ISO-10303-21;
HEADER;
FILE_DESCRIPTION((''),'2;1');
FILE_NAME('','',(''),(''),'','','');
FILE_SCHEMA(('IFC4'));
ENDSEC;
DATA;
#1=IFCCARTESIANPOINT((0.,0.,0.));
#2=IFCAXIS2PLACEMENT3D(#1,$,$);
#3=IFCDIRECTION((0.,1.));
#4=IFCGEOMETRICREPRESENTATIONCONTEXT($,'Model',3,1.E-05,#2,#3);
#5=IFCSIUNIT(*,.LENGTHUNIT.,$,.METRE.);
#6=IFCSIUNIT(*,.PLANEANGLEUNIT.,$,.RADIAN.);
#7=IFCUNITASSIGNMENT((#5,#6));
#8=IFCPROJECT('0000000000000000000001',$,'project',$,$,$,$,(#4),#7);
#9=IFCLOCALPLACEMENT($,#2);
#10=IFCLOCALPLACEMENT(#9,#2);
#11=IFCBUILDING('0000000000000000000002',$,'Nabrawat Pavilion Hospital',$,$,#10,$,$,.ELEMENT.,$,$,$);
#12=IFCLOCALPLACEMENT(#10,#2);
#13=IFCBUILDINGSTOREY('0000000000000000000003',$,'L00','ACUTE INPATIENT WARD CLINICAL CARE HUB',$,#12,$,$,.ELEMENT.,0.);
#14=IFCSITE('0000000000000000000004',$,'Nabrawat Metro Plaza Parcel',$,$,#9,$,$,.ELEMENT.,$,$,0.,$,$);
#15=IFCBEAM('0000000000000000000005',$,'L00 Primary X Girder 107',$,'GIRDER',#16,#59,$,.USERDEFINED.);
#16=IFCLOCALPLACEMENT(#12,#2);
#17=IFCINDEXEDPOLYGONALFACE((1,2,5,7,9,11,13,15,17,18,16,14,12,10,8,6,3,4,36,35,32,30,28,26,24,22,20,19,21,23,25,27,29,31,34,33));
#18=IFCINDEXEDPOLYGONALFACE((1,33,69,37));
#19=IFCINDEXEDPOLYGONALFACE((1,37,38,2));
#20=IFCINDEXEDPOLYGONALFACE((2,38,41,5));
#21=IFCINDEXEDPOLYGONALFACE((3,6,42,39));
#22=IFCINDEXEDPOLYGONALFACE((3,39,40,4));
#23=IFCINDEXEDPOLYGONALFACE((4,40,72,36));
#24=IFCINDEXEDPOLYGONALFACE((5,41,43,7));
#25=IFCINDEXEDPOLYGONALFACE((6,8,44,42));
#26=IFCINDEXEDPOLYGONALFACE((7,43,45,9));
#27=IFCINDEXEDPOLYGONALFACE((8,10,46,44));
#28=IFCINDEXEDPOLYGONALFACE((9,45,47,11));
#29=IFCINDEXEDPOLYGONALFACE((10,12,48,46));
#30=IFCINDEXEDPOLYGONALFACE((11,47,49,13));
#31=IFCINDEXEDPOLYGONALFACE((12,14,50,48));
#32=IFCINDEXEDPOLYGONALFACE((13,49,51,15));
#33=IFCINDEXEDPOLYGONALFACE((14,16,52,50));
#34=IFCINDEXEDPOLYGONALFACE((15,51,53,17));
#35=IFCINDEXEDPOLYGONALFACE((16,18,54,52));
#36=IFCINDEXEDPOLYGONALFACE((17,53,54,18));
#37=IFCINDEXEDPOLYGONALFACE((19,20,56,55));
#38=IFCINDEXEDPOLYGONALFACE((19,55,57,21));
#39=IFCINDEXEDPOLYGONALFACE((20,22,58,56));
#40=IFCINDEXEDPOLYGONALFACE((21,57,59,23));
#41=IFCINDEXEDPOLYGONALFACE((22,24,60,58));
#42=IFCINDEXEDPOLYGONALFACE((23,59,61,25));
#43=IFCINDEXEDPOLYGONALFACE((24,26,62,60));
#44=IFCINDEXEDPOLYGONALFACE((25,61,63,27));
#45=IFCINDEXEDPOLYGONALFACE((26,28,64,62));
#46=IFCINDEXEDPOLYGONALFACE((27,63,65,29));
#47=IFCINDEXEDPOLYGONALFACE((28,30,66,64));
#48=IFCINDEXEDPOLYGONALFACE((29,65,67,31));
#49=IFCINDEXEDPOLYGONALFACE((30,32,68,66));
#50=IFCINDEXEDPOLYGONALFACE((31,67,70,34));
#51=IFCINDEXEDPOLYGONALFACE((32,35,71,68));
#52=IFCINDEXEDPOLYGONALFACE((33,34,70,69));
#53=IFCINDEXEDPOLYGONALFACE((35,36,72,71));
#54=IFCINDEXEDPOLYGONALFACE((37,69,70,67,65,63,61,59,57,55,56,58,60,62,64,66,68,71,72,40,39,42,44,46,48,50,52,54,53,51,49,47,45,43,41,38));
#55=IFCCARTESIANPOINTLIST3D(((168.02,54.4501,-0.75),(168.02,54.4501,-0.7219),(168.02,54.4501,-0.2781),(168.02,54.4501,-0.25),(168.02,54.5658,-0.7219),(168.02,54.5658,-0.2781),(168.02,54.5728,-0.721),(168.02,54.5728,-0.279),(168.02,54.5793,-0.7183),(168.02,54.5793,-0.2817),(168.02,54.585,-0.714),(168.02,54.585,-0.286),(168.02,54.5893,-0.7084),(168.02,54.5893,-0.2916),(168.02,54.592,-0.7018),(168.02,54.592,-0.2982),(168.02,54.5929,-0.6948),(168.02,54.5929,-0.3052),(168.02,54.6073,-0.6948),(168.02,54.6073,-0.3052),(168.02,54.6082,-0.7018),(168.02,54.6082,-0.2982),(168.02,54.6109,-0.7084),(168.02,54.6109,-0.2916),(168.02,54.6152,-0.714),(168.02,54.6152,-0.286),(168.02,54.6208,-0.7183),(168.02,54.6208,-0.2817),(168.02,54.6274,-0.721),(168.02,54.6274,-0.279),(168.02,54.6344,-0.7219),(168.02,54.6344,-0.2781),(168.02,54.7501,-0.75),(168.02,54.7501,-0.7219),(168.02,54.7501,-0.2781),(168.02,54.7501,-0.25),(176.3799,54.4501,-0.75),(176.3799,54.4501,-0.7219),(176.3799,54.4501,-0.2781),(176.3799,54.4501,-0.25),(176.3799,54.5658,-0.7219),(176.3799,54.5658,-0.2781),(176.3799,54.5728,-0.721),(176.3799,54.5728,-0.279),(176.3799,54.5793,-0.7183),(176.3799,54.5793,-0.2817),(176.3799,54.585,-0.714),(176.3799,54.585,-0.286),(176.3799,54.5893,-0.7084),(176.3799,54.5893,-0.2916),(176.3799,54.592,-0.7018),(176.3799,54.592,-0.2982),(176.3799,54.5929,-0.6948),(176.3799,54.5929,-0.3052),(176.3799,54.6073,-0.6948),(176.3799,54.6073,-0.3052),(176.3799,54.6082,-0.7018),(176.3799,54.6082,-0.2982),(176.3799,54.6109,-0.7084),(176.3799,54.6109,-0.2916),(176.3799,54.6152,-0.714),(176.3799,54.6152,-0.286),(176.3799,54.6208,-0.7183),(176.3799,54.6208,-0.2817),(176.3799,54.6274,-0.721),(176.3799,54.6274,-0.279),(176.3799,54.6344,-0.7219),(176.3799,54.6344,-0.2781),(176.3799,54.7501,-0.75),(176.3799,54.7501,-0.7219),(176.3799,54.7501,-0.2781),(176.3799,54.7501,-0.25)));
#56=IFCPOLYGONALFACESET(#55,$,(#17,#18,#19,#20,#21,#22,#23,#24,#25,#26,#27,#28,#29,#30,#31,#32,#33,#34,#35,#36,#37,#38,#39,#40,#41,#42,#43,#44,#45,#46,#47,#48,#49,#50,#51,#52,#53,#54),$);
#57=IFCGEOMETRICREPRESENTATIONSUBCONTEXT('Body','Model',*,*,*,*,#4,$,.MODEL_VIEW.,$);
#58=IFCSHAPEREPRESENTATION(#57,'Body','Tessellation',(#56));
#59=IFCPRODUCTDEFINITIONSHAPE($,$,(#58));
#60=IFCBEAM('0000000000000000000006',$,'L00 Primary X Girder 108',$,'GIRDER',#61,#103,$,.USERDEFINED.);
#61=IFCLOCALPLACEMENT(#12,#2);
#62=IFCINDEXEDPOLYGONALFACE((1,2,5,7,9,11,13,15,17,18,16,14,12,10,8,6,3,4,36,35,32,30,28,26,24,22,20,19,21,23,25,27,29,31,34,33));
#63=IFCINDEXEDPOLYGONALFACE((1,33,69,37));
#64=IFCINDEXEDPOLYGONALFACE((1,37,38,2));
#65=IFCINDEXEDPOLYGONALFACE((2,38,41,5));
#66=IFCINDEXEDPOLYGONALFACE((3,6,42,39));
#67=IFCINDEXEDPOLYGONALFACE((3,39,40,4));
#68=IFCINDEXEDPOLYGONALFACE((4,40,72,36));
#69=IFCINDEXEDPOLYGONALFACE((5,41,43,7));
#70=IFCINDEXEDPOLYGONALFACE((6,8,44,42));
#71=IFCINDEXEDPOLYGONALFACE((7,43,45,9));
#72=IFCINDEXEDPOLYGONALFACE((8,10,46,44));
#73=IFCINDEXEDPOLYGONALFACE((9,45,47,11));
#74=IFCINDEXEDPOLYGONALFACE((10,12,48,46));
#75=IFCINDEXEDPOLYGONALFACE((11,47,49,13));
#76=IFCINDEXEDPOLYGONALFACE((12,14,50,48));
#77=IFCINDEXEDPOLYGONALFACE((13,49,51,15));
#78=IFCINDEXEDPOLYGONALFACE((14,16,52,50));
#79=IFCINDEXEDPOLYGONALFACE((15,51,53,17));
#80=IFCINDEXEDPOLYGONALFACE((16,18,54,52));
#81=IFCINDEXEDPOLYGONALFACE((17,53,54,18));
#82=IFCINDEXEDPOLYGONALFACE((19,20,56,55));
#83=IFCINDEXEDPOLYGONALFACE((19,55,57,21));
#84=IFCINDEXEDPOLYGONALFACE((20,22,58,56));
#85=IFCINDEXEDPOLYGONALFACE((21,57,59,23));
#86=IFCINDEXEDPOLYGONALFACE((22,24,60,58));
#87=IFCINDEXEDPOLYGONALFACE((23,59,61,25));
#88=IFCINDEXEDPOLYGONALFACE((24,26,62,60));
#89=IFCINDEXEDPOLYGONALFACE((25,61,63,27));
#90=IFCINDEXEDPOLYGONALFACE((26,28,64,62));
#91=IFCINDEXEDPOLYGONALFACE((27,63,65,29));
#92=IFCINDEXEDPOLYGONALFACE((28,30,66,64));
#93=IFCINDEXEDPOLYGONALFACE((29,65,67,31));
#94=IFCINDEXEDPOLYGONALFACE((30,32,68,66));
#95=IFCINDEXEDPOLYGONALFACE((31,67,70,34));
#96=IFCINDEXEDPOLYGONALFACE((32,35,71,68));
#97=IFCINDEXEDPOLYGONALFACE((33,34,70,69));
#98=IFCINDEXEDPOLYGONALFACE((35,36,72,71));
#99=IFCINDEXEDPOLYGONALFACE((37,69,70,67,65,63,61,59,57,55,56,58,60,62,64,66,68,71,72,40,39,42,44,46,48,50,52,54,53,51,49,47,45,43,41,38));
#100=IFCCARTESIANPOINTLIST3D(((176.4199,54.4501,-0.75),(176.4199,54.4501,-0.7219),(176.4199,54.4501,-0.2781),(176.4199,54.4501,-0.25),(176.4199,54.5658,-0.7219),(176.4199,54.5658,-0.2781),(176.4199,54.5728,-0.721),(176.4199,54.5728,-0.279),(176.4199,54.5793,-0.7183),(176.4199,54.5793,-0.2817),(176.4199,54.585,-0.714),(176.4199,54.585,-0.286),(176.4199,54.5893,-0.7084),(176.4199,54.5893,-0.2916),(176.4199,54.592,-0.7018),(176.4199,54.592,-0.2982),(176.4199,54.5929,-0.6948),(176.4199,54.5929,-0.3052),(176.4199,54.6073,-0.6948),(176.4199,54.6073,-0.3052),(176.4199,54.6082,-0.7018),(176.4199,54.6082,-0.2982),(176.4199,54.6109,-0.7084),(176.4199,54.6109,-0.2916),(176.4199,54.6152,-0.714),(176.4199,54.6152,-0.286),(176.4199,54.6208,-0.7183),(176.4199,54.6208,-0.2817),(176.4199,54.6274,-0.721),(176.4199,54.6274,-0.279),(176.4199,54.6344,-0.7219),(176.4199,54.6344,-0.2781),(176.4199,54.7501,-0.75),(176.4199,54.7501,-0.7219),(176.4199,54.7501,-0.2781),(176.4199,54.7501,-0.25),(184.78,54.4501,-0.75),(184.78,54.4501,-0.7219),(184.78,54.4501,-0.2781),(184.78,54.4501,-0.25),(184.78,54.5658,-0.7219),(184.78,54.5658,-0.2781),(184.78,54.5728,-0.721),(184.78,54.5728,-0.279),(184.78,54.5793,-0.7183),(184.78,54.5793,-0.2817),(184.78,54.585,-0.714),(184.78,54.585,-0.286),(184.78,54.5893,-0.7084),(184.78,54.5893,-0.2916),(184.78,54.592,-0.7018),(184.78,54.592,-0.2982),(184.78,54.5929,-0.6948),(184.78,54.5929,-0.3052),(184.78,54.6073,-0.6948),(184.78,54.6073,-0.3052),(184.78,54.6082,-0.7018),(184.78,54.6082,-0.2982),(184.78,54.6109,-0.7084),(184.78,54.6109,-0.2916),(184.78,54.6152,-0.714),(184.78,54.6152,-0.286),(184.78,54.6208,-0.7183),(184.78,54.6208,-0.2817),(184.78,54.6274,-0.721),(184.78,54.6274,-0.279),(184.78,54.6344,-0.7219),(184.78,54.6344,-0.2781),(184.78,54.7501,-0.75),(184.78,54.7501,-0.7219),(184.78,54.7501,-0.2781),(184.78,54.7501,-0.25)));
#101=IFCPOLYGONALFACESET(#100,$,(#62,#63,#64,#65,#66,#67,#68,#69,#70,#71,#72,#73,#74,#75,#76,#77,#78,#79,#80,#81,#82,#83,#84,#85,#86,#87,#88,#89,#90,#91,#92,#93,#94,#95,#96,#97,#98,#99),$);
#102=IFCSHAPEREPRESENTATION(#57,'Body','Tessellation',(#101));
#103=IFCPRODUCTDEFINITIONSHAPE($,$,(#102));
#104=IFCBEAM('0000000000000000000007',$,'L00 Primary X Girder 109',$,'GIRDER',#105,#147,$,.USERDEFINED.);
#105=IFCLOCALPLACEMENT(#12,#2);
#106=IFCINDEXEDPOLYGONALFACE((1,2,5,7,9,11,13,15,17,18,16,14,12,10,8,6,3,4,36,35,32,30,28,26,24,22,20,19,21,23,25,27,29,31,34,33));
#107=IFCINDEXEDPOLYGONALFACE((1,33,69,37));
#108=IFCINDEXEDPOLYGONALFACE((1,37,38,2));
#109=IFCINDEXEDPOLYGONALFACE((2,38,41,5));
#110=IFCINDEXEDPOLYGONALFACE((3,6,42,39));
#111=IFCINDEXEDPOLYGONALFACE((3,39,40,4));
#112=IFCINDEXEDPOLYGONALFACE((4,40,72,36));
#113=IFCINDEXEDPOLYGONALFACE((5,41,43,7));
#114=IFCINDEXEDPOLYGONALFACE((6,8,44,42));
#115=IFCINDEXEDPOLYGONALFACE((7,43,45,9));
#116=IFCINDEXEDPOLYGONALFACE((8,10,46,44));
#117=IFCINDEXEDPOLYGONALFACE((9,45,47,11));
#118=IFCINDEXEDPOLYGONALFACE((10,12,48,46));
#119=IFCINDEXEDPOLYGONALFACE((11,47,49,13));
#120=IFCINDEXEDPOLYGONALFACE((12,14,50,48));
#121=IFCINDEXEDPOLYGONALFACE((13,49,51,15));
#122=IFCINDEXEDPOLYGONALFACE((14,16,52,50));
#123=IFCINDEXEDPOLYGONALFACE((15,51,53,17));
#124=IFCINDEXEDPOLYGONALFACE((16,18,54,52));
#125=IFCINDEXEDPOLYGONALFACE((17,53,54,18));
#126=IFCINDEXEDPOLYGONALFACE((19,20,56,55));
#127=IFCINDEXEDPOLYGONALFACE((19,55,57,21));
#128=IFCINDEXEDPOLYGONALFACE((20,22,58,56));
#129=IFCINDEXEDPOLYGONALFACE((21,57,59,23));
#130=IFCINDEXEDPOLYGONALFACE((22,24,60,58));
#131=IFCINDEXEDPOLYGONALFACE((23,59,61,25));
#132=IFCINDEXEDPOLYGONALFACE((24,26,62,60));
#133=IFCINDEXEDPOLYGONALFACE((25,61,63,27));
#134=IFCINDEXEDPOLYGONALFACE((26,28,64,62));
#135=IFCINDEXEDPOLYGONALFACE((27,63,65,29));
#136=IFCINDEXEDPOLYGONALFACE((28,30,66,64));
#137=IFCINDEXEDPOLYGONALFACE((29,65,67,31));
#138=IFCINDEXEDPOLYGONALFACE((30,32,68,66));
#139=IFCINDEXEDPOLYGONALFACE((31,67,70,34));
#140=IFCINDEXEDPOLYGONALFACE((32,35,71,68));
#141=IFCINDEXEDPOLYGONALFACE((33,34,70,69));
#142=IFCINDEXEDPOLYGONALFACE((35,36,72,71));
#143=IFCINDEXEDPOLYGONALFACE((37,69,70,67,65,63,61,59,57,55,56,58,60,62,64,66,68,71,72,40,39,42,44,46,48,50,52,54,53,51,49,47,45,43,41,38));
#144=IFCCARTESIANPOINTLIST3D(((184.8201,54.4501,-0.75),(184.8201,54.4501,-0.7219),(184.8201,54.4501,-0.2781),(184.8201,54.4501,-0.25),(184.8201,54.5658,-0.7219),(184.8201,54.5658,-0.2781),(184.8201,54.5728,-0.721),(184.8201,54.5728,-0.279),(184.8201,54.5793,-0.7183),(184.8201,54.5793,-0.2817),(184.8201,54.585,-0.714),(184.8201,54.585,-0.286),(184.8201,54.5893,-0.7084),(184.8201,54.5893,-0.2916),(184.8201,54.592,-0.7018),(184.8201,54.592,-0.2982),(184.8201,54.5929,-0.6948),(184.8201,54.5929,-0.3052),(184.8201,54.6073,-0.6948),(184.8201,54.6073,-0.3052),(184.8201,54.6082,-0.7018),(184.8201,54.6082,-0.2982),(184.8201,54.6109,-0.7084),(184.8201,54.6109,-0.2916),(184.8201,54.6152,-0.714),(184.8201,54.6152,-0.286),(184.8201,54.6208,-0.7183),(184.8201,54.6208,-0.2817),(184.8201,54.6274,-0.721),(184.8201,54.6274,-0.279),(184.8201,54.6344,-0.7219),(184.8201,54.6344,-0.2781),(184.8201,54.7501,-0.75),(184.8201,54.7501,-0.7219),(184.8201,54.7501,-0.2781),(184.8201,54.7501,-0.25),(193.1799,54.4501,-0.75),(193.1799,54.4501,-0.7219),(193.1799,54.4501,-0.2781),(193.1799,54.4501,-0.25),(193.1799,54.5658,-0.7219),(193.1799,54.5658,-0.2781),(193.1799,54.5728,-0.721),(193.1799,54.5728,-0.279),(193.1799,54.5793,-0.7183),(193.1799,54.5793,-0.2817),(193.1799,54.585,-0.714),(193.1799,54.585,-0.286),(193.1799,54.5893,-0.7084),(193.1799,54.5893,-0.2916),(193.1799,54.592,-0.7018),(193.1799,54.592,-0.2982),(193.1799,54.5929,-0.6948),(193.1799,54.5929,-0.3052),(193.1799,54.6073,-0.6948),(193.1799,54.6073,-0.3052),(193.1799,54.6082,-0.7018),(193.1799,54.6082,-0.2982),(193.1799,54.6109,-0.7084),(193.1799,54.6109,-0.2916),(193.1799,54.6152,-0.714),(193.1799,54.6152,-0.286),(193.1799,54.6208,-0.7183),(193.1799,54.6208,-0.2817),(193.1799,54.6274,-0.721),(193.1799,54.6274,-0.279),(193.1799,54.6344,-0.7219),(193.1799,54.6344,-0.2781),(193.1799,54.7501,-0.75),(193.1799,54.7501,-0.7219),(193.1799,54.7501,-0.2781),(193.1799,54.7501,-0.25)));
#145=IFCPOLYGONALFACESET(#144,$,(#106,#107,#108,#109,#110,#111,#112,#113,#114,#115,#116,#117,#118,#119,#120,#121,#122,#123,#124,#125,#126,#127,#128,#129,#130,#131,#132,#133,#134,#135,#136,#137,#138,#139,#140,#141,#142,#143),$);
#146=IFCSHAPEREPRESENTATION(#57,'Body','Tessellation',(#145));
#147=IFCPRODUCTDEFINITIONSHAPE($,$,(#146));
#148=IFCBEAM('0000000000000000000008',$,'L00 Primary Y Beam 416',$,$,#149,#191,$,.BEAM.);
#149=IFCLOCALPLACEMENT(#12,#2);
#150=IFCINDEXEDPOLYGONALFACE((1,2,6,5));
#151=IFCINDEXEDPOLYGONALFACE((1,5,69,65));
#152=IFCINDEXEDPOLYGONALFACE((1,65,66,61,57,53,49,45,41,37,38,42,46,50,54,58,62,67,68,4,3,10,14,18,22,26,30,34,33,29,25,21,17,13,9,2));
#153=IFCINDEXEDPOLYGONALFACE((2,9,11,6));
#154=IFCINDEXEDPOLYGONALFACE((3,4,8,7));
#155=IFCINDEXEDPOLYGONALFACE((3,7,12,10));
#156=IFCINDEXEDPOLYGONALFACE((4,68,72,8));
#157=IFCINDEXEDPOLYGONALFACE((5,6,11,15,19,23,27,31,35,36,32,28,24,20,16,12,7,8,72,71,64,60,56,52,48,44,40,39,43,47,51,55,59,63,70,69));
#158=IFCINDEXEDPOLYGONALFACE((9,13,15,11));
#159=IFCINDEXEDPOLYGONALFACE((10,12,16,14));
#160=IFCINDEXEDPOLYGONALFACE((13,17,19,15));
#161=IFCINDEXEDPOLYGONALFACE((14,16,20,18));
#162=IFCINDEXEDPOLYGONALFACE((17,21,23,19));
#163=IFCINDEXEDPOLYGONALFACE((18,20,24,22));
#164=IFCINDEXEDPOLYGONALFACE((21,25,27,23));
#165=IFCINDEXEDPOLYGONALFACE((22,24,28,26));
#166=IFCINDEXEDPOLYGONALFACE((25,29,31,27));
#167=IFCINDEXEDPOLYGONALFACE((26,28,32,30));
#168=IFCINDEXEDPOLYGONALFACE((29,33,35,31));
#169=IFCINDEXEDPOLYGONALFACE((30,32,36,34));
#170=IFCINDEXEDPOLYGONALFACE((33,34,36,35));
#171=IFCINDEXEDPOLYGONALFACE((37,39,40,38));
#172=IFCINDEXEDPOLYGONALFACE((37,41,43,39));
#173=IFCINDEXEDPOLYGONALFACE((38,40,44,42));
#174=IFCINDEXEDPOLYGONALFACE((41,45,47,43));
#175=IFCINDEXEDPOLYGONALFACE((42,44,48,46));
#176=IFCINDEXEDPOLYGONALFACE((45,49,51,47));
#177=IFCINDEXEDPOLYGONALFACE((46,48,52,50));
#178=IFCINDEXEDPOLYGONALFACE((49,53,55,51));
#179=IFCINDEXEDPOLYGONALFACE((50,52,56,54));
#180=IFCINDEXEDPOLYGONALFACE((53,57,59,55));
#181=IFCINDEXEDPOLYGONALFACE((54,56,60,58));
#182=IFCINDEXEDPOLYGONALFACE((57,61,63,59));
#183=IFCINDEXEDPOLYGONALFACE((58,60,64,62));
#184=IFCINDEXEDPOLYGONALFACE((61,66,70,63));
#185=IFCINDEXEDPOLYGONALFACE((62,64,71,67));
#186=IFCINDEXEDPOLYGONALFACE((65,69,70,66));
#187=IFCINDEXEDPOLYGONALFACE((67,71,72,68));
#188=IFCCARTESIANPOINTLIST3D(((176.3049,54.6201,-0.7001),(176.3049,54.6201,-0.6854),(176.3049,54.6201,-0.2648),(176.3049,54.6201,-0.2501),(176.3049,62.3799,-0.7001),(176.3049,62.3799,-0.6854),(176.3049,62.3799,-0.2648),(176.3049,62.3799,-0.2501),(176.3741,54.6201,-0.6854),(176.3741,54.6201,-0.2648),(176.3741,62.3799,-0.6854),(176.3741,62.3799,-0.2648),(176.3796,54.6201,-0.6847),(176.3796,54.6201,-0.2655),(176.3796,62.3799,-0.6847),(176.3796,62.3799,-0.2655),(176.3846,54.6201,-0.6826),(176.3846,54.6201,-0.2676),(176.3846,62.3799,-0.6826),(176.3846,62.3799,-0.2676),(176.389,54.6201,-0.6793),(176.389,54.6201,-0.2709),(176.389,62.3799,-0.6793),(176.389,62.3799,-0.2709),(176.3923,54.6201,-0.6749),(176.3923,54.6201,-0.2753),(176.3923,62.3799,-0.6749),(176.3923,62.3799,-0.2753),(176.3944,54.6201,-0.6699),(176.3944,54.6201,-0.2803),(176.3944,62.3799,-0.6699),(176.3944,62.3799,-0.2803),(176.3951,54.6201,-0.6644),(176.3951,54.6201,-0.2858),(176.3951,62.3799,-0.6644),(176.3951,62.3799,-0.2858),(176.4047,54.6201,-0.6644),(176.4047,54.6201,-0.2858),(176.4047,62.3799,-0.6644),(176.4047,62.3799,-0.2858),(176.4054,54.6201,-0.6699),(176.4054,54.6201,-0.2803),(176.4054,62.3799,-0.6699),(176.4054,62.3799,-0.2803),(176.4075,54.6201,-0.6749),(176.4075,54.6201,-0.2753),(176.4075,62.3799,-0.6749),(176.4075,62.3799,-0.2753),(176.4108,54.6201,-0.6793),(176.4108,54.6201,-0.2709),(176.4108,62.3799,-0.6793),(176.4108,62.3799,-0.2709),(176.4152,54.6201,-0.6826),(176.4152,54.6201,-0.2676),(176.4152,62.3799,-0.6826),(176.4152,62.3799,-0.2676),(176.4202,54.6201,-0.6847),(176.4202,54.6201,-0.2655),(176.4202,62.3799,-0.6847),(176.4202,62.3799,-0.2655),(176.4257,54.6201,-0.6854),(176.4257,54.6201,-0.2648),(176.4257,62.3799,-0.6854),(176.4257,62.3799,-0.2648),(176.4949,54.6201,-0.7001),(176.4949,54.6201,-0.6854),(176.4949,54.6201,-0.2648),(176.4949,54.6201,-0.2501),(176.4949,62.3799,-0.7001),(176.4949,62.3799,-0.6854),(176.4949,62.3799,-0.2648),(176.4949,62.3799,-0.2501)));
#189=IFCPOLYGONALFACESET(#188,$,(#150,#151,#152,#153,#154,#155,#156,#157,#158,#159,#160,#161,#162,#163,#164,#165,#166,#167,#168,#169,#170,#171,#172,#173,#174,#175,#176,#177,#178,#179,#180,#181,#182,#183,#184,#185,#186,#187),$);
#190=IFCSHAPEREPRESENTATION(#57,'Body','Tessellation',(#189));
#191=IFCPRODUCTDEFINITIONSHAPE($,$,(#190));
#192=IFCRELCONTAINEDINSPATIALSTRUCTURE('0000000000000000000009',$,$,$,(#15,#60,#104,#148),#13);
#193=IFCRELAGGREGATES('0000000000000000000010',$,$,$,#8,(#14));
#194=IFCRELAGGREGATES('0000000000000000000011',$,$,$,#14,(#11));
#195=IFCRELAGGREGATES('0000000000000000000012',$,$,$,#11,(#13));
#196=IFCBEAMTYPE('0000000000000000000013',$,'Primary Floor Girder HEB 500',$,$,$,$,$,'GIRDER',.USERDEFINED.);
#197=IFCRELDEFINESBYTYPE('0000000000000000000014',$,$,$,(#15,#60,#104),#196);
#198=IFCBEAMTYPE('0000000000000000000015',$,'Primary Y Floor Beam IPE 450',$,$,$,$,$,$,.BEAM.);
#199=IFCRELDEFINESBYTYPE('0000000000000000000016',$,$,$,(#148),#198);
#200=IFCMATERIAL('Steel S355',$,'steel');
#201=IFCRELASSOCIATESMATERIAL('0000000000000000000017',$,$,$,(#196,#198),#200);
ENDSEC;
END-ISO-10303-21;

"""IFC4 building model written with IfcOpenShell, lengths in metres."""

from ifc_helpers import new_model, si_unit, direction, frame, origin, origin_2d, place, context, subcontext, project, spatial, i_section, extrude, material, material_profile, profile_set, type_object, element, save


model = new_model("IFC4")

# Units and contexts
model_context = context("Model", 3, precision=1e-05, world=origin(), true_north=direction((0.0, 1.0)))
body_context = subcontext(model_context, "Body", "Model", "MODEL_VIEW")
ifc_project = project(units=[si_unit("LENGTHUNIT", "METRE"), si_unit("PLANEANGLEUNIT", "RADIAN")], contexts=[model_context])

# Site, building, storey
site_placement = place(None, origin())
site = spatial("IfcSite", under=ifc_project, at=site_placement, Name="Nabrawat Metro Plaza Parcel", CompositionType="ELEMENT", RefElevation=0.0)
building_placement = place(site_placement, origin())
building = spatial("IfcBuilding", under=site, at=building_placement, Name="Nabrawat Pavilion Hospital", CompositionType="ELEMENT")
storey_placement = place(building_placement, origin())
storey = spatial("IfcBuildingStorey", under=building, at=storey_placement, Name="L00", Description="ACUTE INPATIENT WARD CLINICAL CARE HUB", CompositionType="ELEMENT", Elevation=0.0)

# Shared definitions
ifc_material_1 = material(Name="Steel S355", Category="steel")

# Beams
ifc_material_profile_1 = material_profile(ifc_material_1, i_section(OverallWidth=0.3, OverallDepth=0.5, WebThickness=0.0144, FlangeThickness=0.0281, FilletRadius=0.0271, at=origin_2d()), Name="HEB 500")
ifc_profile_set_1 = profile_set([ifc_material_profile_1], Name="Steel S355")
beam_type_1 = type_object("IfcBeamType", Name="Primary Floor Girder HEB 500", ElementType="GIRDER", PredefinedType="USERDEFINED", material=ifc_profile_set_1)
beam_1_placement = place(storey_placement, frame((168.02, 54.6001, -0.5), z_axis=(1.0, 0.0, 0.0), x_axis=(0.0, 1.0, 0.0)))
element("IfcBeam", 1, at=beam_1_placement, inside=storey, type_object=beam_type_1, Name="L00 Primary X Girder 107", ObjectType="GIRDER", PredefinedType="USERDEFINED", context=body_context, shape_type="SweptSolid", body=[
    extrude(i_section(OverallWidth=0.3, OverallDepth=0.5, WebThickness=0.0144, FlangeThickness=0.0281, FilletRadius=0.0271, at=origin_2d()), origin(), (0.0, 0.0, 1.0), 8.3599),
])
beam_2_placement = place(storey_placement, frame((176.4199, 54.6001, -0.5), z_axis=(1.0, 0.0, 0.0), x_axis=(0.0, 1.0, 0.0)))
element("IfcBeam", 2, at=beam_2_placement, inside=storey, type_object=beam_type_1, Name="L00 Primary X Girder 108", ObjectType="GIRDER", PredefinedType="USERDEFINED", context=body_context, shape_type="SweptSolid", body=[
    extrude(i_section(OverallWidth=0.3, OverallDepth=0.5, WebThickness=0.0144, FlangeThickness=0.0281, FilletRadius=0.0271, at=origin_2d()), origin(), (0.0, 0.0, 1.0), 8.3601),
])
beam_3_placement = place(storey_placement, frame((184.8201, 54.6001, -0.5), z_axis=(1.0, 0.0, 0.0), x_axis=(0.0, 1.0, 0.0)))
element("IfcBeam", 3, at=beam_3_placement, inside=storey, type_object=beam_type_1, Name="L00 Primary X Girder 109", ObjectType="GIRDER", PredefinedType="USERDEFINED", context=body_context, shape_type="SweptSolid", body=[
    extrude(i_section(OverallWidth=0.3, OverallDepth=0.5, WebThickness=0.0144, FlangeThickness=0.0281, FilletRadius=0.0271, at=origin_2d()), origin(), (0.0, 0.0, 1.0), 8.3599),
])
ifc_material_profile_2 = material_profile(ifc_material_1, i_section(OverallWidth=0.1899, OverallDepth=0.45, WebThickness=0.0095, FlangeThickness=0.0146, FilletRadius=0.021, at=origin_2d()), Name="IPE 450")
ifc_profile_set_2 = profile_set([ifc_material_profile_2], Name="Steel S355")
beam_type_2 = type_object("IfcBeamType", Name="Primary Y Floor Beam IPE 450", PredefinedType="BEAM", material=ifc_profile_set_2)
for number, where, z_axis, x_axis, name in (
    (4, (176.3999, 54.6201, -0.4751), (0.0, 1.0, 0.0), (-1.0, 0.0, 0.0), "L00 Primary Y Beam 416"),
):
    element("IfcBeam", number, at=place(storey_placement, frame(where, z_axis=z_axis, x_axis=x_axis)), inside=storey, type_object=beam_type_2, Name=name, PredefinedType="BEAM", context=body_context, shape_type="SweptSolid", body=[
        extrude(i_section(OverallWidth=0.1899, OverallDepth=0.45, WebThickness=0.0095, FlangeThickness=0.0146, FilletRadius=0.021, at=origin_2d()), origin(), (0.0, 0.0, 1.0), 7.7598),
    ])

save(model, "model.ifc")
